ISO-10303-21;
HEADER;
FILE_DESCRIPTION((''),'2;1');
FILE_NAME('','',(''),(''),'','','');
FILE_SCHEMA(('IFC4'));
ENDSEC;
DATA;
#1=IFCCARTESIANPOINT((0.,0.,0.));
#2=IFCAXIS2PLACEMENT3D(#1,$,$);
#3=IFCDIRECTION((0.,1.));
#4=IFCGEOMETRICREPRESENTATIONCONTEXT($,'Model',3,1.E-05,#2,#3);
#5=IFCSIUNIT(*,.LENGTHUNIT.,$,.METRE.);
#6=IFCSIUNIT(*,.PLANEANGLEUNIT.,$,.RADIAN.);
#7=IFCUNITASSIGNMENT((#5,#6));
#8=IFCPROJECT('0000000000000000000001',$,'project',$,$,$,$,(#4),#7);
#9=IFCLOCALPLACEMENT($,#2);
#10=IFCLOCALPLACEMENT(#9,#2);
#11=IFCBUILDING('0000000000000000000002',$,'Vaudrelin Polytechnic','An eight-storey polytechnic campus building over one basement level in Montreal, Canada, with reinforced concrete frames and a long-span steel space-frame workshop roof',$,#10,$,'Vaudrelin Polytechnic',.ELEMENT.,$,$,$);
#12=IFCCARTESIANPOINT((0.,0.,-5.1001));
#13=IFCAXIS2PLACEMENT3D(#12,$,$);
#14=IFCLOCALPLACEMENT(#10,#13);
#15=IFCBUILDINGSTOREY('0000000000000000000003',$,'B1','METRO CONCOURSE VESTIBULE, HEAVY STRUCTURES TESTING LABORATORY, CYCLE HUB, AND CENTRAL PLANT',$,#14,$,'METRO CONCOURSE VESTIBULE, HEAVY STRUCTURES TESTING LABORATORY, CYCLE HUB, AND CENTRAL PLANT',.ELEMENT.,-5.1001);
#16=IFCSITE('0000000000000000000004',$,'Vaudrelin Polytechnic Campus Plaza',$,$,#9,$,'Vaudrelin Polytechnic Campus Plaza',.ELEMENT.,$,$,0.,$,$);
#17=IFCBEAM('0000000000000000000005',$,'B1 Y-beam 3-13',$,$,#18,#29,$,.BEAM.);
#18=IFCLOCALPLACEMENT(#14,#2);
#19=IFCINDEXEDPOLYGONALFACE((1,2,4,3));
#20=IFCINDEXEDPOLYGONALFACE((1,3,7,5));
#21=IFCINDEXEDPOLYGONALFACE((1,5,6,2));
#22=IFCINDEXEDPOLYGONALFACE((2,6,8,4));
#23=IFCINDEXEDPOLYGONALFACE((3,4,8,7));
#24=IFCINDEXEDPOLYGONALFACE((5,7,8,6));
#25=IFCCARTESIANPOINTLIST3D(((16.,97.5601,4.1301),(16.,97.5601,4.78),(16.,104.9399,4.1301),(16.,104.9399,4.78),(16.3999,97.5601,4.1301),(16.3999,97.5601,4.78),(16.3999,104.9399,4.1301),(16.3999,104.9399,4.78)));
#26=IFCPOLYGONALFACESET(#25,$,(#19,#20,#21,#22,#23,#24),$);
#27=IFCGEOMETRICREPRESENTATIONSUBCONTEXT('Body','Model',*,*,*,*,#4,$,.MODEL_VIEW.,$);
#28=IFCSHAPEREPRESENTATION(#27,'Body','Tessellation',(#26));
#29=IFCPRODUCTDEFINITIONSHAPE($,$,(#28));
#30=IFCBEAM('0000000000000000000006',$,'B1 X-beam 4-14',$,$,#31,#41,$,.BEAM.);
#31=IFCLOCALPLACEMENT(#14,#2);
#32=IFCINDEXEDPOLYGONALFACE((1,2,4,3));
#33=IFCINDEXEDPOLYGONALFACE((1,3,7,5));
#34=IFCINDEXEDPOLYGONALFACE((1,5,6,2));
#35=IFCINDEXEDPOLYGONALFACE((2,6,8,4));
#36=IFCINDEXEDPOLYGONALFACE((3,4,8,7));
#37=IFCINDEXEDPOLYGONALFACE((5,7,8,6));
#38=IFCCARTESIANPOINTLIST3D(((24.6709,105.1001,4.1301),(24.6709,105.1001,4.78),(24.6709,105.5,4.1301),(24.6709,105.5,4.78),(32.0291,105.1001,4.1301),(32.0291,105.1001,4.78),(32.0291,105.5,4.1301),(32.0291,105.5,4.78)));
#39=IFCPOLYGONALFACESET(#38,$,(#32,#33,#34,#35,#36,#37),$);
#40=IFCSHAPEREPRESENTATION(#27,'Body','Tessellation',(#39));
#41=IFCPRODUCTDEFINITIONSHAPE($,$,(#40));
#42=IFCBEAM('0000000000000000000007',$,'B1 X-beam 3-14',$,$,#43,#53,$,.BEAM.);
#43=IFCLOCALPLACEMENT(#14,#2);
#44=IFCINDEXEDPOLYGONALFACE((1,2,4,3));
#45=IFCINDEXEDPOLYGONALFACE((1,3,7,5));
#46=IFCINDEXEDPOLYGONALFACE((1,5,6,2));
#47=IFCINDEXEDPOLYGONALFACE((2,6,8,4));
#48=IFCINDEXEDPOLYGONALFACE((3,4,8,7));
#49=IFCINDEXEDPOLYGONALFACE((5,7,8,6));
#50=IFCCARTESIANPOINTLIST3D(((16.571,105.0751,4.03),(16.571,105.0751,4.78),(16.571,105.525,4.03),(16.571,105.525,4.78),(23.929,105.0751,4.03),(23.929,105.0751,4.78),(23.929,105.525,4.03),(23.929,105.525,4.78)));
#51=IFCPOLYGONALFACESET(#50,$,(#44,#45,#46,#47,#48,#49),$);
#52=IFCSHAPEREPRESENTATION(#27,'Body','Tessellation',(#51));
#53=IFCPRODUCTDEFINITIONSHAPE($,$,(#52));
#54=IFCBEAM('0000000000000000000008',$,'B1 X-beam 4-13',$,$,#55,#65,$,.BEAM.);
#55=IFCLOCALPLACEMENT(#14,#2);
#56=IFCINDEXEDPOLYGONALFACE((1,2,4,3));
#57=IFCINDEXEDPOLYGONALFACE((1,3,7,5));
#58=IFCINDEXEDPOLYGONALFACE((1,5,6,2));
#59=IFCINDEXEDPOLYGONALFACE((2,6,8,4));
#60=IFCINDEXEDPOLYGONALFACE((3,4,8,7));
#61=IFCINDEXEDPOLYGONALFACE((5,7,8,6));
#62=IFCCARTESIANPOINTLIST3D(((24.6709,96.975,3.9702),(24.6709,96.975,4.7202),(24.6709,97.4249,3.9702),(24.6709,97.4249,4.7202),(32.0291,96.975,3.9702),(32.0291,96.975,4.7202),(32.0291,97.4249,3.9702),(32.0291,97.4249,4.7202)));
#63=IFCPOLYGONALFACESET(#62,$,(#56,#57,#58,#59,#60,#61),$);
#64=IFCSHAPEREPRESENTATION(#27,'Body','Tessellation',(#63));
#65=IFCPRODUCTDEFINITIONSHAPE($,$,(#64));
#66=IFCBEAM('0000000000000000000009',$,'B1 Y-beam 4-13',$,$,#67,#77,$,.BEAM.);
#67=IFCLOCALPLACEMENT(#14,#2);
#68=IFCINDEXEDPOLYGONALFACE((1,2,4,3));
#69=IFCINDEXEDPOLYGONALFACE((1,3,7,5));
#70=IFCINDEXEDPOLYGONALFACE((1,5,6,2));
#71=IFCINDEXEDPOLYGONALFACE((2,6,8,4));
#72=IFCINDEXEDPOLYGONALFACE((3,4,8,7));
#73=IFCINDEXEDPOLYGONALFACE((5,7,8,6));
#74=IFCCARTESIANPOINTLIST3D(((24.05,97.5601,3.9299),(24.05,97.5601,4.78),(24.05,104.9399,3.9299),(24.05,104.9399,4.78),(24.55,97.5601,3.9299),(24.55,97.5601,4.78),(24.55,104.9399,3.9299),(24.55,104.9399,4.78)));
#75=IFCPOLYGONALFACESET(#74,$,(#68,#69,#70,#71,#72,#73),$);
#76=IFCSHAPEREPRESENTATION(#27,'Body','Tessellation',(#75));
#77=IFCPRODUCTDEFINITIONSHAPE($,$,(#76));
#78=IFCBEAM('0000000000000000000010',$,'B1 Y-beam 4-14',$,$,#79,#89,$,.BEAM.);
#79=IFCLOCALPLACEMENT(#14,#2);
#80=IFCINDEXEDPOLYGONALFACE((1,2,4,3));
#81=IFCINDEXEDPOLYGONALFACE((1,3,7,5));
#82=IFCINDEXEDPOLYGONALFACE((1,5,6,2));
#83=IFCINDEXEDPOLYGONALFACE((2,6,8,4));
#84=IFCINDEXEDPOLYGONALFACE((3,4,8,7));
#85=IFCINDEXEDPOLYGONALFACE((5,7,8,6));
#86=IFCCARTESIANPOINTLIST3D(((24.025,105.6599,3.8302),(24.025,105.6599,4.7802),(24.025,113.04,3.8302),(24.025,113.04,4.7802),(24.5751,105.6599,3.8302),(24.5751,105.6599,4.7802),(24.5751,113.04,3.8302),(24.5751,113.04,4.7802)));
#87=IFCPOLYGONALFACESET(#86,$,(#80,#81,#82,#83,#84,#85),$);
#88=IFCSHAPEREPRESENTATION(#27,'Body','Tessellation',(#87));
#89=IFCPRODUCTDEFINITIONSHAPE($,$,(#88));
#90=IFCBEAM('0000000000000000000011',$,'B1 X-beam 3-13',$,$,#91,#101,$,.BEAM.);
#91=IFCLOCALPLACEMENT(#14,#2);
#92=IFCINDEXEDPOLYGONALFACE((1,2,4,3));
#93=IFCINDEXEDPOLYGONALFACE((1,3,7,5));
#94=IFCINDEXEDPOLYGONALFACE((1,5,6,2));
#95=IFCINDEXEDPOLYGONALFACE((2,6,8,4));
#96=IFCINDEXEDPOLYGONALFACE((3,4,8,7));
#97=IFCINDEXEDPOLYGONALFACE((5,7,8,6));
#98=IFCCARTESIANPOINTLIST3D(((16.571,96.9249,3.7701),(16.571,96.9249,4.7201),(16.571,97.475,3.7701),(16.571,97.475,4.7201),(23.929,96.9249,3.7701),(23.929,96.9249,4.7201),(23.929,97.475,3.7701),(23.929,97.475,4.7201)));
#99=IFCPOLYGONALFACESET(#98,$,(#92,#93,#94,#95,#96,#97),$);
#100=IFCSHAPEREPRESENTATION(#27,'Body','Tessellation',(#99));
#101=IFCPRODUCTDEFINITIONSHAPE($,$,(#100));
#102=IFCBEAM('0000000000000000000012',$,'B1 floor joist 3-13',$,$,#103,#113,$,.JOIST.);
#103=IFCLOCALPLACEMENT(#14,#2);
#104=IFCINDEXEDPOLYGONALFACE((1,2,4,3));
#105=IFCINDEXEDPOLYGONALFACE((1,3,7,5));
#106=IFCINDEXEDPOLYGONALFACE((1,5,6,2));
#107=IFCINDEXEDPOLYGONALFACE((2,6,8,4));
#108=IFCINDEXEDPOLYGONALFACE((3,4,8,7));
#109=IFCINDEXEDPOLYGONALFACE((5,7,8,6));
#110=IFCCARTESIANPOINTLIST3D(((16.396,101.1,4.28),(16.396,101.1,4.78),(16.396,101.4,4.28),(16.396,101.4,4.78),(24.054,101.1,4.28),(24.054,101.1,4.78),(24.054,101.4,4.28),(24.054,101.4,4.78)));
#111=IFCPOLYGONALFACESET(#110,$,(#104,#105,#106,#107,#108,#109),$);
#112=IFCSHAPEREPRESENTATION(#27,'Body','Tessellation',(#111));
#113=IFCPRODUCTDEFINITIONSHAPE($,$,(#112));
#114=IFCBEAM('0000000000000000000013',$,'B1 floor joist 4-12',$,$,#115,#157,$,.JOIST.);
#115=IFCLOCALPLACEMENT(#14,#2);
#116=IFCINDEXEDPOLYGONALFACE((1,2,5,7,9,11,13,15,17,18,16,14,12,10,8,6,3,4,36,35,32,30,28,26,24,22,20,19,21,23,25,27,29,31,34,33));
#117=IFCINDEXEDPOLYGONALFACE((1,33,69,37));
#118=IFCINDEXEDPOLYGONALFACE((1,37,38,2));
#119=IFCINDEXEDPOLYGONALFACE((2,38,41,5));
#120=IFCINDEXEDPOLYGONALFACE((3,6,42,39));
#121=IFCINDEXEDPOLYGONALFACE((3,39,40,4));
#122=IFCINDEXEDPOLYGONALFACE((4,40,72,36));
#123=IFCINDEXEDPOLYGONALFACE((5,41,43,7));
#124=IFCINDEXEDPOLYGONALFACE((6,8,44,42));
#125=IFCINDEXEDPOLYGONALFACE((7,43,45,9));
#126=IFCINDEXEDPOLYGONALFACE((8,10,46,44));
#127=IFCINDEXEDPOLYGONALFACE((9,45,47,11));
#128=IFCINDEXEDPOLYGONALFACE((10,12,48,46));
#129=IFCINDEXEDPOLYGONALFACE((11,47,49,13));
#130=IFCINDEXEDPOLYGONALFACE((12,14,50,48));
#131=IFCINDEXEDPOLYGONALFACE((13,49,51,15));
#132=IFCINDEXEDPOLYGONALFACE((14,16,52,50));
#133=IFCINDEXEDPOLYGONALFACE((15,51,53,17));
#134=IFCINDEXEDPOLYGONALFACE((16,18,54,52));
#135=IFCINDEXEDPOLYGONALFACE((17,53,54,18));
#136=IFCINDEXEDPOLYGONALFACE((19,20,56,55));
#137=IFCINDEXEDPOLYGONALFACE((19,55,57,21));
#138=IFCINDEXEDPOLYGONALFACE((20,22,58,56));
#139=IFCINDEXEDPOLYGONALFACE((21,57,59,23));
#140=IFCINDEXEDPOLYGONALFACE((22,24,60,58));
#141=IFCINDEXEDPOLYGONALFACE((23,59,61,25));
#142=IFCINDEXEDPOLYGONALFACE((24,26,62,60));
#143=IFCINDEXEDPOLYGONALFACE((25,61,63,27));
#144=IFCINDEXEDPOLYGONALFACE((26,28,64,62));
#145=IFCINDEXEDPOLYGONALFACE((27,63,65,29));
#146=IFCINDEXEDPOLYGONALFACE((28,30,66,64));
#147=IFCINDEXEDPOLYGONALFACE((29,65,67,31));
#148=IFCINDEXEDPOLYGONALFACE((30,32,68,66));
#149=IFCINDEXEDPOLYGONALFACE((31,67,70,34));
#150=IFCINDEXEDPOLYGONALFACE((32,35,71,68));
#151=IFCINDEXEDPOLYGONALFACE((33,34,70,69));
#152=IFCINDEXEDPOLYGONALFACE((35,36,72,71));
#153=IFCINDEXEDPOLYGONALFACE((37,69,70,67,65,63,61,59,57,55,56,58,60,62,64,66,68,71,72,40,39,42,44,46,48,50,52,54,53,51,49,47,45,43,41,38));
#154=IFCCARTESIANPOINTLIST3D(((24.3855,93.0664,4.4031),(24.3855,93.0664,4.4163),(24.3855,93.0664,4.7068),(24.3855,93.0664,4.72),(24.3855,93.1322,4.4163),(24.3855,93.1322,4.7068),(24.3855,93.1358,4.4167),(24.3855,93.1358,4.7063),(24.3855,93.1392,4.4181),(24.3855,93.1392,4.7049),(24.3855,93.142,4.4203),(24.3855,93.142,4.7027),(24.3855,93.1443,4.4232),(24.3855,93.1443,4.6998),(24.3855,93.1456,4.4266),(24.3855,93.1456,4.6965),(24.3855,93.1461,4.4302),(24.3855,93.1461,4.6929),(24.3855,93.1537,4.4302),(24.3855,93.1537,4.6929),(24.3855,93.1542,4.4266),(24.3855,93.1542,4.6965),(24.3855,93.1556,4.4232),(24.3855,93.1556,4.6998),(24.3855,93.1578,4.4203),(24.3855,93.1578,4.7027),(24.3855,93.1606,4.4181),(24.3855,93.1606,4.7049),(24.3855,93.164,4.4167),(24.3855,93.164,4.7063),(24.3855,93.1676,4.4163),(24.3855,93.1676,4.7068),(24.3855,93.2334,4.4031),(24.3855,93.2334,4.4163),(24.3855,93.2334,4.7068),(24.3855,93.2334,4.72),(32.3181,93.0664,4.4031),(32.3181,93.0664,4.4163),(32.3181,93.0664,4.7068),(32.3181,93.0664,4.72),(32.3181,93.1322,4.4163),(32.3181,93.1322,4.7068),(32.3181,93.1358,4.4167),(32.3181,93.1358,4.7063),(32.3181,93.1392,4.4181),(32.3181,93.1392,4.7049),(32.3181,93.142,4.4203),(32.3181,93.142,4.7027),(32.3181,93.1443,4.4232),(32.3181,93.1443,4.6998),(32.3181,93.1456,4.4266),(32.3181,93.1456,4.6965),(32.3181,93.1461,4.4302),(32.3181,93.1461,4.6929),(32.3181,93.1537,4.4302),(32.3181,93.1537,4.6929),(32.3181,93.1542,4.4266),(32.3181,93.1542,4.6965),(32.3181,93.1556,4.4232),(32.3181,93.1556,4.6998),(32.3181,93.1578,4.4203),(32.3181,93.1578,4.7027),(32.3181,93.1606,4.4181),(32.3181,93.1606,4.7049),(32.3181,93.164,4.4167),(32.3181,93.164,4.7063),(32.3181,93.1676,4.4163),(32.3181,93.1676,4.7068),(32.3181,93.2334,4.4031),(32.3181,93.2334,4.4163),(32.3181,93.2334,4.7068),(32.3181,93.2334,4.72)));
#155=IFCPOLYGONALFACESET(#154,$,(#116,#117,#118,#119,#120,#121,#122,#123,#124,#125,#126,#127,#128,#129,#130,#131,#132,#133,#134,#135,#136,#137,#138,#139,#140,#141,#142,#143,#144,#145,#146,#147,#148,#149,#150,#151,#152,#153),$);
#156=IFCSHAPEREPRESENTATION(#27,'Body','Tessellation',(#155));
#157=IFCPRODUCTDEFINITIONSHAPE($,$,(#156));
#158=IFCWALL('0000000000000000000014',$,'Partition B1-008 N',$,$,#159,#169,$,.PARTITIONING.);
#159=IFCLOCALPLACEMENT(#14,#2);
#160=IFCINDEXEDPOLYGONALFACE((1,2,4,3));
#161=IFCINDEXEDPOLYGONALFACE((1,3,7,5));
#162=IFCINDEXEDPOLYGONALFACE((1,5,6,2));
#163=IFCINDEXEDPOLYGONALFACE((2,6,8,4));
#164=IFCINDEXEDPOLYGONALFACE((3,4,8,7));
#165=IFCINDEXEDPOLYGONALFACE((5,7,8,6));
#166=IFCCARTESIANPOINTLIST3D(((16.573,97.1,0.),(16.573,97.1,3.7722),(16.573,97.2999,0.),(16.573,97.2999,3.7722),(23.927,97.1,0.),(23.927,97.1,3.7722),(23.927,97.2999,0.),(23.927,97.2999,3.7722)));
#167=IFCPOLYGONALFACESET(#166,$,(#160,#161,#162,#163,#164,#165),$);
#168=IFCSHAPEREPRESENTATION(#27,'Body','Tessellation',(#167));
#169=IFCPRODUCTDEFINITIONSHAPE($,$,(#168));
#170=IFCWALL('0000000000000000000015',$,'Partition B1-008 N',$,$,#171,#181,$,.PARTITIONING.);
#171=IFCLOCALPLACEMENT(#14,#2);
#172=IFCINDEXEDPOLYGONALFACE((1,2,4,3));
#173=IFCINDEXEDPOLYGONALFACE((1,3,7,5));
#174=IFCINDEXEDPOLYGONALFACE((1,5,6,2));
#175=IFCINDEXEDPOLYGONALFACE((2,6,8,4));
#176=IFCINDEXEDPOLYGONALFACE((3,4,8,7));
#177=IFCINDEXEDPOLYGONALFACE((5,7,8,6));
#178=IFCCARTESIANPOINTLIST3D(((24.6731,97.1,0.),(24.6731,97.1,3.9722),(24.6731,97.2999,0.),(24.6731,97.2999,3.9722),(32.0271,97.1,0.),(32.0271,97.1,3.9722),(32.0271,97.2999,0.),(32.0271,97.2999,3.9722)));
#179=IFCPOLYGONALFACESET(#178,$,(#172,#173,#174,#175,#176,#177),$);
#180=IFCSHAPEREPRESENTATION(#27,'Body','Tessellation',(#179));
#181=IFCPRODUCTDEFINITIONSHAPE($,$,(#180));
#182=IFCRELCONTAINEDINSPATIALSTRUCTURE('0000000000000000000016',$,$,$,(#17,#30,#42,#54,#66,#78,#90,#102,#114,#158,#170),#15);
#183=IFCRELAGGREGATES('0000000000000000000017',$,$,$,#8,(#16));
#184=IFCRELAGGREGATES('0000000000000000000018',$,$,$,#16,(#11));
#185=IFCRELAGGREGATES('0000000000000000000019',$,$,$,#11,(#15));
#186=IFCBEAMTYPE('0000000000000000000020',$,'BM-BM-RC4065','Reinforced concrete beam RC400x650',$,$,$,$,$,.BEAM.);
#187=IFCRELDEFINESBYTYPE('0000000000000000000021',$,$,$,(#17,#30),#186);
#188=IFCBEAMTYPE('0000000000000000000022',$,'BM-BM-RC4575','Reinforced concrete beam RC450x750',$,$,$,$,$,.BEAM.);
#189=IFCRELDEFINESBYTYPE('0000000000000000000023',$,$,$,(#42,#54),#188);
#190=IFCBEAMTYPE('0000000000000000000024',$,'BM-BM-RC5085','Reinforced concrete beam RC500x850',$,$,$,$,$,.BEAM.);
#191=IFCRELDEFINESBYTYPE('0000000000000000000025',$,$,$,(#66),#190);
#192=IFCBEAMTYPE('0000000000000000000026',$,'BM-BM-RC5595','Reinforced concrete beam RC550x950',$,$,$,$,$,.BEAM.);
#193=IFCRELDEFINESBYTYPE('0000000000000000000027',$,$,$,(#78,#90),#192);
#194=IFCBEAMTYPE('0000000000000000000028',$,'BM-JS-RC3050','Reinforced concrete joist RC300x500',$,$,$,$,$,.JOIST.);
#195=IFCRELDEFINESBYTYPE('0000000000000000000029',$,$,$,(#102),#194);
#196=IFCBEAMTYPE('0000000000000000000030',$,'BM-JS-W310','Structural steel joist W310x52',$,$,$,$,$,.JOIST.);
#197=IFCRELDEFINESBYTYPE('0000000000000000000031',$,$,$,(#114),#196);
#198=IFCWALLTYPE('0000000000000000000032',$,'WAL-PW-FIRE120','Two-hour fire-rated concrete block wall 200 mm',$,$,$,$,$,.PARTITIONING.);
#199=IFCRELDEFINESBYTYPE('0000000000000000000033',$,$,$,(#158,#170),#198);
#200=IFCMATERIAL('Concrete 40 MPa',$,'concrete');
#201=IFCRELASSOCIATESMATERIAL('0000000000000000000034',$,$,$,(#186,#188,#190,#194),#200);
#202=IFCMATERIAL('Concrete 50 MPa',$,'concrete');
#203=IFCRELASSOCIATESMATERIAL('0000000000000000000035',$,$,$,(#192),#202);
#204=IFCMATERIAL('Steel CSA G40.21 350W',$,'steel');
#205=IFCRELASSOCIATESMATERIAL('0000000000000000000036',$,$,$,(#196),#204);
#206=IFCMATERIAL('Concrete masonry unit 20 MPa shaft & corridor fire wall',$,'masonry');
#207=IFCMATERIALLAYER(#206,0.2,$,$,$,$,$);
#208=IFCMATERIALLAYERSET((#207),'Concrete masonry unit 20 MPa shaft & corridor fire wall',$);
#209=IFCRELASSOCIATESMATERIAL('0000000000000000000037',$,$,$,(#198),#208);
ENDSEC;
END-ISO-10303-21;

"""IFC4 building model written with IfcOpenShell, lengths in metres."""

from ifc_helpers import new_model, si_unit, direction, frame, frame_2d, origin, origin_2d, place, context, subcontext, project, spatial, rectangle, i_section, extrude, material, layer, layer_set, material_profile, profile_set, type_object, element, save


model = new_model("IFC4")

# Units and contexts
model_context = context("Model", 3, precision=1e-05, world=origin(), true_north=direction((0.0, 1.0)))
body_context = subcontext(model_context, "Body", "Model", "MODEL_VIEW")
ifc_project = project(units=[si_unit("LENGTHUNIT", "METRE"), si_unit("PLANEANGLEUNIT", "RADIAN")], contexts=[model_context])

# Site, building, storey
site_placement = place(None, origin())
site = spatial("IfcSite", under=ifc_project, at=site_placement, Name="Vaudrelin Polytechnic Campus Plaza", LongName="Vaudrelin Polytechnic Campus Plaza", CompositionType="ELEMENT", RefElevation=0.0)
building_placement = place(site_placement, origin())
building = spatial("IfcBuilding", under=site, at=building_placement, Name="Vaudrelin Polytechnic", Description="An eight-storey polytechnic campus building over one basement level in Montreal, Canada, with reinforced concrete frames and a long-span steel space-frame workshop roof", LongName="Vaudrelin Polytechnic", CompositionType="ELEMENT")
storey_placement = place(building_placement, frame((0.0, 0.0, -5.1001)))
storey = spatial("IfcBuildingStorey", under=building, at=storey_placement, Name="B1", Description="METRO CONCOURSE VESTIBULE, HEAVY STRUCTURES TESTING LABORATORY, CYCLE HUB, AND CENTRAL PLANT", LongName="METRO CONCOURSE VESTIBULE, HEAVY STRUCTURES TESTING LABORATORY, CYCLE HUB, AND CENTRAL PLANT", CompositionType="ELEMENT", Elevation=-5.1001)

# Shared definitions
ifc_material_1 = material(Name="Concrete 40 MPa", Category="concrete")

# Shared definitions
ifc_material_2 = material(Name="Concrete 50 MPa", Category="concrete")

# Beams
ifc_material_profile_1 = material_profile(ifc_material_1, rectangle(XDim=0.3999, YDim=0.6499, at=origin_2d()), Name="RC400x650")
ifc_profile_set_1 = profile_set([ifc_material_profile_1], Name="Concrete 40 MPa")
beam_type_1 = type_object("IfcBeamType", Name="BM-BM-RC4065", Description="Reinforced concrete beam RC400x650", PredefinedType="BEAM", material=ifc_profile_set_1)
beam_1_placement = place(storey_placement, frame((16.2, 97.5601, 4.4551), z_axis=(0.0, 1.0, 0.0), x_axis=(-1.0, 0.0, 0.0)))
element("IfcBeam", 1, at=beam_1_placement, inside=storey, type_object=beam_type_1, Name="B1 Y-beam 3-13", PredefinedType="BEAM", context=body_context, shape_type="SweptSolid", body=[
    extrude(rectangle(XDim=0.3999, YDim=0.6499, at=origin_2d()), origin(), (0.0, 0.0, 1.0), 7.3799),
])
beam_2_placement = place(storey_placement, frame((24.6709, 105.3, 4.4551), z_axis=(1.0, 0.0, 0.0), x_axis=(0.0, 1.0, 0.0)))
element("IfcBeam", 2, at=beam_2_placement, inside=storey, type_object=beam_type_1, Name="B1 X-beam 4-14", PredefinedType="BEAM", context=body_context, shape_type="SweptSolid", body=[
    extrude(rectangle(XDim=0.3999, YDim=0.6499, at=origin_2d()), origin(), (0.0, 0.0, 1.0), 7.3582),
])
ifc_material_profile_2 = material_profile(ifc_material_1, rectangle(XDim=0.45, YDim=0.75, at=origin_2d()), Name="RC450x750")
ifc_profile_set_2 = profile_set([ifc_material_profile_2], Name="Concrete 40 MPa")
beam_type_2 = type_object("IfcBeamType", Name="BM-BM-RC4575", Description="Reinforced concrete beam RC450x750", PredefinedType="BEAM", material=ifc_profile_set_2)
beam_3_placement = place(storey_placement, frame((16.571, 105.3, 4.405), z_axis=(1.0, 0.0, 0.0), x_axis=(0.0, 1.0, 0.0)))
element("IfcBeam", 3, at=beam_3_placement, inside=storey, type_object=beam_type_2, Name="B1 X-beam 3-14", PredefinedType="BEAM", context=body_context, shape_type="SweptSolid", body=[
    extrude(rectangle(XDim=0.45, YDim=0.75, at=origin_2d()), origin(), (0.0, 0.0, 1.0), 7.3579),
])
beam_4_placement = place(storey_placement, frame((24.6709, 97.2, 4.3452), z_axis=(1.0, 0.0, 0.0), x_axis=(0.0, 1.0, 0.0)))
element("IfcBeam", 4, at=beam_4_placement, inside=storey, type_object=beam_type_2, Name="B1 X-beam 4-13", PredefinedType="BEAM", context=body_context, shape_type="SweptSolid", body=[
    extrude(rectangle(XDim=0.45, YDim=0.75, at=origin_2d()), origin(), (0.0, 0.0, 1.0), 7.3582),
])
ifc_material_profile_3 = material_profile(ifc_material_1, rectangle(XDim=0.5, YDim=0.8501, at=origin_2d()), Name="RC500x850")
ifc_profile_set_3 = profile_set([ifc_material_profile_3], Name="Concrete 40 MPa")
beam_type_3 = type_object("IfcBeamType", Name="BM-BM-RC5085", Description="Reinforced concrete beam RC500x850", PredefinedType="BEAM", material=ifc_profile_set_3)
beam_5_placement = place(storey_placement, frame((24.3, 97.5601, 4.355), z_axis=(0.0, 1.0, 0.0), x_axis=(-1.0, 0.0, 0.0)))
element("IfcBeam", 5, at=beam_5_placement, inside=storey, type_object=beam_type_3, Name="B1 Y-beam 4-13", PredefinedType="BEAM", context=body_context, shape_type="SweptSolid", body=[
    extrude(rectangle(XDim=0.5, YDim=0.8501, at=origin_2d()), origin(), (0.0, 0.0, 1.0), 7.3799),
])
ifc_material_profile_4 = material_profile(ifc_material_2, rectangle(XDim=0.55, YDim=0.95, at=origin_2d()), Name="RC550x950")
ifc_profile_set_4 = profile_set([ifc_material_profile_4], Name="Concrete 50 MPa")
beam_type_4 = type_object("IfcBeamType", Name="BM-BM-RC5595", Description="Reinforced concrete beam RC550x950", PredefinedType="BEAM", material=ifc_profile_set_4)
beam_6_placement = place(storey_placement, frame((24.3, 105.6599, 4.3052), z_axis=(0.0, 1.0, 0.0), x_axis=(-1.0, 0.0, 0.0)))
element("IfcBeam", 6, at=beam_6_placement, inside=storey, type_object=beam_type_4, Name="B1 Y-beam 4-14", PredefinedType="BEAM", context=body_context, shape_type="SweptSolid", body=[
    extrude(rectangle(XDim=0.55, YDim=0.95, at=origin_2d()), origin(), (0.0, 0.0, 1.0), 7.3801),
])
beam_7_placement = place(storey_placement, frame((16.571, 97.2, 4.2451), z_axis=(1.0, 0.0, 0.0), x_axis=(0.0, 1.0, 0.0)))
element("IfcBeam", 7, at=beam_7_placement, inside=storey, type_object=beam_type_4, Name="B1 X-beam 3-13", PredefinedType="BEAM", context=body_context, shape_type="SweptSolid", body=[
    extrude(rectangle(XDim=0.55, YDim=0.95, at=origin_2d()), origin(), (0.0, 0.0, 1.0), 7.3579),
])
ifc_material_profile_5 = material_profile(ifc_material_1, rectangle(XDim=0.3, YDim=0.5, at=origin_2d()), Name="RC300x500")
ifc_profile_set_5 = profile_set([ifc_material_profile_5], Name="Concrete 40 MPa")
beam_type_5 = type_object("IfcBeamType", Name="BM-JS-RC3050", Description="Reinforced concrete joist RC300x500", PredefinedType="JOIST", material=ifc_profile_set_5)
beam_8_placement = place(storey_placement, frame((16.396, 101.25, 4.53), z_axis=(1.0, 0.0, 0.0), x_axis=(0.0, 1.0, 0.0)))
element("IfcBeam", 8, at=beam_8_placement, inside=storey, type_object=beam_type_5, Name="B1 floor joist 3-13", PredefinedType="JOIST", context=body_context, shape_type="SweptSolid", body=[
    extrude(rectangle(XDim=0.3, YDim=0.5, at=origin_2d()), origin(), (0.0, 0.0, 1.0), 7.658),
])
ifc_material_3 = material(Name="Steel CSA G40.21 350W", Category="steel")
ifc_material_profile_6 = material_profile(ifc_material_3, i_section(OverallWidth=0.167, OverallDepth=0.3169, WebThickness=0.0076, FlangeThickness=0.0132, FilletRadius=0.0139, at=origin_2d()), Name="W310x52")
ifc_profile_set_6 = profile_set([ifc_material_profile_6], Name="Steel CSA G40.21 350W")
beam_type_6 = type_object("IfcBeamType", Name="BM-JS-W310", Description="Structural steel joist W310x52", PredefinedType="JOIST", material=ifc_profile_set_6)
beam_9_placement = place(storey_placement, frame((24.3855, 93.1499, 4.5615), z_axis=(1.0, 0.0, 0.0), x_axis=(0.0, 1.0, 0.0)))
element("IfcBeam", 9, at=beam_9_placement, inside=storey, type_object=beam_type_6, Name="B1 floor joist 4-12", PredefinedType="JOIST", context=body_context, shape_type="SweptSolid", body=[
    extrude(i_section(OverallWidth=0.167, OverallDepth=0.3169, WebThickness=0.0076, FlangeThickness=0.0132, FilletRadius=0.0139, at=origin_2d()), origin(), (0.0, 0.0, 1.0), 7.9326),
])

# Walls
ifc_material_4 = material(Name="Concrete masonry unit 20 MPa shaft & corridor fire wall", Category="masonry")
ifc_layer_1 = layer(ifc_material_4, 0.2)
ifc_layer_set_1 = layer_set([ifc_layer_1], Name="Concrete masonry unit 20 MPa shaft & corridor fire wall")
wall_type_1 = type_object("IfcWallType", Name="WAL-PW-FIRE120", Description="Two-hour fire-rated concrete block wall 200 mm", PredefinedType="PARTITIONING", material=ifc_layer_set_1)
wall_1_placement = place(storey_placement, frame((16.573, 97.2, 0.0), z_axis=(0.0, 0.0, 1.0), x_axis=(1.0, 0.0, 0.0)))
element("IfcWall", 10, at=wall_1_placement, inside=storey, type_object=wall_type_1, Name="Partition B1-008 N", PredefinedType="PARTITIONING", context=body_context, shape_type="SweptSolid", body=[
    extrude(rectangle(XDim=7.354, YDim=0.2, at=frame_2d((3.677, 0.0))), origin(), (0.0, 0.0, 1.0), 3.7722),
])
wall_2_placement = place(storey_placement, frame((24.6731, 97.2, 0.0), z_axis=(0.0, 0.0, 1.0), x_axis=(1.0, 0.0, 0.0)))
element("IfcWall", 11, at=wall_2_placement, inside=storey, type_object=wall_type_1, Name="Partition B1-008 N", PredefinedType="PARTITIONING", context=body_context, shape_type="SweptSolid", body=[
    extrude(rectangle(XDim=7.354, YDim=0.2, at=frame_2d((3.677, 0.0))), origin(), (0.0, 0.0, 1.0), 3.9722),
])

save(model, "model.ifc")
